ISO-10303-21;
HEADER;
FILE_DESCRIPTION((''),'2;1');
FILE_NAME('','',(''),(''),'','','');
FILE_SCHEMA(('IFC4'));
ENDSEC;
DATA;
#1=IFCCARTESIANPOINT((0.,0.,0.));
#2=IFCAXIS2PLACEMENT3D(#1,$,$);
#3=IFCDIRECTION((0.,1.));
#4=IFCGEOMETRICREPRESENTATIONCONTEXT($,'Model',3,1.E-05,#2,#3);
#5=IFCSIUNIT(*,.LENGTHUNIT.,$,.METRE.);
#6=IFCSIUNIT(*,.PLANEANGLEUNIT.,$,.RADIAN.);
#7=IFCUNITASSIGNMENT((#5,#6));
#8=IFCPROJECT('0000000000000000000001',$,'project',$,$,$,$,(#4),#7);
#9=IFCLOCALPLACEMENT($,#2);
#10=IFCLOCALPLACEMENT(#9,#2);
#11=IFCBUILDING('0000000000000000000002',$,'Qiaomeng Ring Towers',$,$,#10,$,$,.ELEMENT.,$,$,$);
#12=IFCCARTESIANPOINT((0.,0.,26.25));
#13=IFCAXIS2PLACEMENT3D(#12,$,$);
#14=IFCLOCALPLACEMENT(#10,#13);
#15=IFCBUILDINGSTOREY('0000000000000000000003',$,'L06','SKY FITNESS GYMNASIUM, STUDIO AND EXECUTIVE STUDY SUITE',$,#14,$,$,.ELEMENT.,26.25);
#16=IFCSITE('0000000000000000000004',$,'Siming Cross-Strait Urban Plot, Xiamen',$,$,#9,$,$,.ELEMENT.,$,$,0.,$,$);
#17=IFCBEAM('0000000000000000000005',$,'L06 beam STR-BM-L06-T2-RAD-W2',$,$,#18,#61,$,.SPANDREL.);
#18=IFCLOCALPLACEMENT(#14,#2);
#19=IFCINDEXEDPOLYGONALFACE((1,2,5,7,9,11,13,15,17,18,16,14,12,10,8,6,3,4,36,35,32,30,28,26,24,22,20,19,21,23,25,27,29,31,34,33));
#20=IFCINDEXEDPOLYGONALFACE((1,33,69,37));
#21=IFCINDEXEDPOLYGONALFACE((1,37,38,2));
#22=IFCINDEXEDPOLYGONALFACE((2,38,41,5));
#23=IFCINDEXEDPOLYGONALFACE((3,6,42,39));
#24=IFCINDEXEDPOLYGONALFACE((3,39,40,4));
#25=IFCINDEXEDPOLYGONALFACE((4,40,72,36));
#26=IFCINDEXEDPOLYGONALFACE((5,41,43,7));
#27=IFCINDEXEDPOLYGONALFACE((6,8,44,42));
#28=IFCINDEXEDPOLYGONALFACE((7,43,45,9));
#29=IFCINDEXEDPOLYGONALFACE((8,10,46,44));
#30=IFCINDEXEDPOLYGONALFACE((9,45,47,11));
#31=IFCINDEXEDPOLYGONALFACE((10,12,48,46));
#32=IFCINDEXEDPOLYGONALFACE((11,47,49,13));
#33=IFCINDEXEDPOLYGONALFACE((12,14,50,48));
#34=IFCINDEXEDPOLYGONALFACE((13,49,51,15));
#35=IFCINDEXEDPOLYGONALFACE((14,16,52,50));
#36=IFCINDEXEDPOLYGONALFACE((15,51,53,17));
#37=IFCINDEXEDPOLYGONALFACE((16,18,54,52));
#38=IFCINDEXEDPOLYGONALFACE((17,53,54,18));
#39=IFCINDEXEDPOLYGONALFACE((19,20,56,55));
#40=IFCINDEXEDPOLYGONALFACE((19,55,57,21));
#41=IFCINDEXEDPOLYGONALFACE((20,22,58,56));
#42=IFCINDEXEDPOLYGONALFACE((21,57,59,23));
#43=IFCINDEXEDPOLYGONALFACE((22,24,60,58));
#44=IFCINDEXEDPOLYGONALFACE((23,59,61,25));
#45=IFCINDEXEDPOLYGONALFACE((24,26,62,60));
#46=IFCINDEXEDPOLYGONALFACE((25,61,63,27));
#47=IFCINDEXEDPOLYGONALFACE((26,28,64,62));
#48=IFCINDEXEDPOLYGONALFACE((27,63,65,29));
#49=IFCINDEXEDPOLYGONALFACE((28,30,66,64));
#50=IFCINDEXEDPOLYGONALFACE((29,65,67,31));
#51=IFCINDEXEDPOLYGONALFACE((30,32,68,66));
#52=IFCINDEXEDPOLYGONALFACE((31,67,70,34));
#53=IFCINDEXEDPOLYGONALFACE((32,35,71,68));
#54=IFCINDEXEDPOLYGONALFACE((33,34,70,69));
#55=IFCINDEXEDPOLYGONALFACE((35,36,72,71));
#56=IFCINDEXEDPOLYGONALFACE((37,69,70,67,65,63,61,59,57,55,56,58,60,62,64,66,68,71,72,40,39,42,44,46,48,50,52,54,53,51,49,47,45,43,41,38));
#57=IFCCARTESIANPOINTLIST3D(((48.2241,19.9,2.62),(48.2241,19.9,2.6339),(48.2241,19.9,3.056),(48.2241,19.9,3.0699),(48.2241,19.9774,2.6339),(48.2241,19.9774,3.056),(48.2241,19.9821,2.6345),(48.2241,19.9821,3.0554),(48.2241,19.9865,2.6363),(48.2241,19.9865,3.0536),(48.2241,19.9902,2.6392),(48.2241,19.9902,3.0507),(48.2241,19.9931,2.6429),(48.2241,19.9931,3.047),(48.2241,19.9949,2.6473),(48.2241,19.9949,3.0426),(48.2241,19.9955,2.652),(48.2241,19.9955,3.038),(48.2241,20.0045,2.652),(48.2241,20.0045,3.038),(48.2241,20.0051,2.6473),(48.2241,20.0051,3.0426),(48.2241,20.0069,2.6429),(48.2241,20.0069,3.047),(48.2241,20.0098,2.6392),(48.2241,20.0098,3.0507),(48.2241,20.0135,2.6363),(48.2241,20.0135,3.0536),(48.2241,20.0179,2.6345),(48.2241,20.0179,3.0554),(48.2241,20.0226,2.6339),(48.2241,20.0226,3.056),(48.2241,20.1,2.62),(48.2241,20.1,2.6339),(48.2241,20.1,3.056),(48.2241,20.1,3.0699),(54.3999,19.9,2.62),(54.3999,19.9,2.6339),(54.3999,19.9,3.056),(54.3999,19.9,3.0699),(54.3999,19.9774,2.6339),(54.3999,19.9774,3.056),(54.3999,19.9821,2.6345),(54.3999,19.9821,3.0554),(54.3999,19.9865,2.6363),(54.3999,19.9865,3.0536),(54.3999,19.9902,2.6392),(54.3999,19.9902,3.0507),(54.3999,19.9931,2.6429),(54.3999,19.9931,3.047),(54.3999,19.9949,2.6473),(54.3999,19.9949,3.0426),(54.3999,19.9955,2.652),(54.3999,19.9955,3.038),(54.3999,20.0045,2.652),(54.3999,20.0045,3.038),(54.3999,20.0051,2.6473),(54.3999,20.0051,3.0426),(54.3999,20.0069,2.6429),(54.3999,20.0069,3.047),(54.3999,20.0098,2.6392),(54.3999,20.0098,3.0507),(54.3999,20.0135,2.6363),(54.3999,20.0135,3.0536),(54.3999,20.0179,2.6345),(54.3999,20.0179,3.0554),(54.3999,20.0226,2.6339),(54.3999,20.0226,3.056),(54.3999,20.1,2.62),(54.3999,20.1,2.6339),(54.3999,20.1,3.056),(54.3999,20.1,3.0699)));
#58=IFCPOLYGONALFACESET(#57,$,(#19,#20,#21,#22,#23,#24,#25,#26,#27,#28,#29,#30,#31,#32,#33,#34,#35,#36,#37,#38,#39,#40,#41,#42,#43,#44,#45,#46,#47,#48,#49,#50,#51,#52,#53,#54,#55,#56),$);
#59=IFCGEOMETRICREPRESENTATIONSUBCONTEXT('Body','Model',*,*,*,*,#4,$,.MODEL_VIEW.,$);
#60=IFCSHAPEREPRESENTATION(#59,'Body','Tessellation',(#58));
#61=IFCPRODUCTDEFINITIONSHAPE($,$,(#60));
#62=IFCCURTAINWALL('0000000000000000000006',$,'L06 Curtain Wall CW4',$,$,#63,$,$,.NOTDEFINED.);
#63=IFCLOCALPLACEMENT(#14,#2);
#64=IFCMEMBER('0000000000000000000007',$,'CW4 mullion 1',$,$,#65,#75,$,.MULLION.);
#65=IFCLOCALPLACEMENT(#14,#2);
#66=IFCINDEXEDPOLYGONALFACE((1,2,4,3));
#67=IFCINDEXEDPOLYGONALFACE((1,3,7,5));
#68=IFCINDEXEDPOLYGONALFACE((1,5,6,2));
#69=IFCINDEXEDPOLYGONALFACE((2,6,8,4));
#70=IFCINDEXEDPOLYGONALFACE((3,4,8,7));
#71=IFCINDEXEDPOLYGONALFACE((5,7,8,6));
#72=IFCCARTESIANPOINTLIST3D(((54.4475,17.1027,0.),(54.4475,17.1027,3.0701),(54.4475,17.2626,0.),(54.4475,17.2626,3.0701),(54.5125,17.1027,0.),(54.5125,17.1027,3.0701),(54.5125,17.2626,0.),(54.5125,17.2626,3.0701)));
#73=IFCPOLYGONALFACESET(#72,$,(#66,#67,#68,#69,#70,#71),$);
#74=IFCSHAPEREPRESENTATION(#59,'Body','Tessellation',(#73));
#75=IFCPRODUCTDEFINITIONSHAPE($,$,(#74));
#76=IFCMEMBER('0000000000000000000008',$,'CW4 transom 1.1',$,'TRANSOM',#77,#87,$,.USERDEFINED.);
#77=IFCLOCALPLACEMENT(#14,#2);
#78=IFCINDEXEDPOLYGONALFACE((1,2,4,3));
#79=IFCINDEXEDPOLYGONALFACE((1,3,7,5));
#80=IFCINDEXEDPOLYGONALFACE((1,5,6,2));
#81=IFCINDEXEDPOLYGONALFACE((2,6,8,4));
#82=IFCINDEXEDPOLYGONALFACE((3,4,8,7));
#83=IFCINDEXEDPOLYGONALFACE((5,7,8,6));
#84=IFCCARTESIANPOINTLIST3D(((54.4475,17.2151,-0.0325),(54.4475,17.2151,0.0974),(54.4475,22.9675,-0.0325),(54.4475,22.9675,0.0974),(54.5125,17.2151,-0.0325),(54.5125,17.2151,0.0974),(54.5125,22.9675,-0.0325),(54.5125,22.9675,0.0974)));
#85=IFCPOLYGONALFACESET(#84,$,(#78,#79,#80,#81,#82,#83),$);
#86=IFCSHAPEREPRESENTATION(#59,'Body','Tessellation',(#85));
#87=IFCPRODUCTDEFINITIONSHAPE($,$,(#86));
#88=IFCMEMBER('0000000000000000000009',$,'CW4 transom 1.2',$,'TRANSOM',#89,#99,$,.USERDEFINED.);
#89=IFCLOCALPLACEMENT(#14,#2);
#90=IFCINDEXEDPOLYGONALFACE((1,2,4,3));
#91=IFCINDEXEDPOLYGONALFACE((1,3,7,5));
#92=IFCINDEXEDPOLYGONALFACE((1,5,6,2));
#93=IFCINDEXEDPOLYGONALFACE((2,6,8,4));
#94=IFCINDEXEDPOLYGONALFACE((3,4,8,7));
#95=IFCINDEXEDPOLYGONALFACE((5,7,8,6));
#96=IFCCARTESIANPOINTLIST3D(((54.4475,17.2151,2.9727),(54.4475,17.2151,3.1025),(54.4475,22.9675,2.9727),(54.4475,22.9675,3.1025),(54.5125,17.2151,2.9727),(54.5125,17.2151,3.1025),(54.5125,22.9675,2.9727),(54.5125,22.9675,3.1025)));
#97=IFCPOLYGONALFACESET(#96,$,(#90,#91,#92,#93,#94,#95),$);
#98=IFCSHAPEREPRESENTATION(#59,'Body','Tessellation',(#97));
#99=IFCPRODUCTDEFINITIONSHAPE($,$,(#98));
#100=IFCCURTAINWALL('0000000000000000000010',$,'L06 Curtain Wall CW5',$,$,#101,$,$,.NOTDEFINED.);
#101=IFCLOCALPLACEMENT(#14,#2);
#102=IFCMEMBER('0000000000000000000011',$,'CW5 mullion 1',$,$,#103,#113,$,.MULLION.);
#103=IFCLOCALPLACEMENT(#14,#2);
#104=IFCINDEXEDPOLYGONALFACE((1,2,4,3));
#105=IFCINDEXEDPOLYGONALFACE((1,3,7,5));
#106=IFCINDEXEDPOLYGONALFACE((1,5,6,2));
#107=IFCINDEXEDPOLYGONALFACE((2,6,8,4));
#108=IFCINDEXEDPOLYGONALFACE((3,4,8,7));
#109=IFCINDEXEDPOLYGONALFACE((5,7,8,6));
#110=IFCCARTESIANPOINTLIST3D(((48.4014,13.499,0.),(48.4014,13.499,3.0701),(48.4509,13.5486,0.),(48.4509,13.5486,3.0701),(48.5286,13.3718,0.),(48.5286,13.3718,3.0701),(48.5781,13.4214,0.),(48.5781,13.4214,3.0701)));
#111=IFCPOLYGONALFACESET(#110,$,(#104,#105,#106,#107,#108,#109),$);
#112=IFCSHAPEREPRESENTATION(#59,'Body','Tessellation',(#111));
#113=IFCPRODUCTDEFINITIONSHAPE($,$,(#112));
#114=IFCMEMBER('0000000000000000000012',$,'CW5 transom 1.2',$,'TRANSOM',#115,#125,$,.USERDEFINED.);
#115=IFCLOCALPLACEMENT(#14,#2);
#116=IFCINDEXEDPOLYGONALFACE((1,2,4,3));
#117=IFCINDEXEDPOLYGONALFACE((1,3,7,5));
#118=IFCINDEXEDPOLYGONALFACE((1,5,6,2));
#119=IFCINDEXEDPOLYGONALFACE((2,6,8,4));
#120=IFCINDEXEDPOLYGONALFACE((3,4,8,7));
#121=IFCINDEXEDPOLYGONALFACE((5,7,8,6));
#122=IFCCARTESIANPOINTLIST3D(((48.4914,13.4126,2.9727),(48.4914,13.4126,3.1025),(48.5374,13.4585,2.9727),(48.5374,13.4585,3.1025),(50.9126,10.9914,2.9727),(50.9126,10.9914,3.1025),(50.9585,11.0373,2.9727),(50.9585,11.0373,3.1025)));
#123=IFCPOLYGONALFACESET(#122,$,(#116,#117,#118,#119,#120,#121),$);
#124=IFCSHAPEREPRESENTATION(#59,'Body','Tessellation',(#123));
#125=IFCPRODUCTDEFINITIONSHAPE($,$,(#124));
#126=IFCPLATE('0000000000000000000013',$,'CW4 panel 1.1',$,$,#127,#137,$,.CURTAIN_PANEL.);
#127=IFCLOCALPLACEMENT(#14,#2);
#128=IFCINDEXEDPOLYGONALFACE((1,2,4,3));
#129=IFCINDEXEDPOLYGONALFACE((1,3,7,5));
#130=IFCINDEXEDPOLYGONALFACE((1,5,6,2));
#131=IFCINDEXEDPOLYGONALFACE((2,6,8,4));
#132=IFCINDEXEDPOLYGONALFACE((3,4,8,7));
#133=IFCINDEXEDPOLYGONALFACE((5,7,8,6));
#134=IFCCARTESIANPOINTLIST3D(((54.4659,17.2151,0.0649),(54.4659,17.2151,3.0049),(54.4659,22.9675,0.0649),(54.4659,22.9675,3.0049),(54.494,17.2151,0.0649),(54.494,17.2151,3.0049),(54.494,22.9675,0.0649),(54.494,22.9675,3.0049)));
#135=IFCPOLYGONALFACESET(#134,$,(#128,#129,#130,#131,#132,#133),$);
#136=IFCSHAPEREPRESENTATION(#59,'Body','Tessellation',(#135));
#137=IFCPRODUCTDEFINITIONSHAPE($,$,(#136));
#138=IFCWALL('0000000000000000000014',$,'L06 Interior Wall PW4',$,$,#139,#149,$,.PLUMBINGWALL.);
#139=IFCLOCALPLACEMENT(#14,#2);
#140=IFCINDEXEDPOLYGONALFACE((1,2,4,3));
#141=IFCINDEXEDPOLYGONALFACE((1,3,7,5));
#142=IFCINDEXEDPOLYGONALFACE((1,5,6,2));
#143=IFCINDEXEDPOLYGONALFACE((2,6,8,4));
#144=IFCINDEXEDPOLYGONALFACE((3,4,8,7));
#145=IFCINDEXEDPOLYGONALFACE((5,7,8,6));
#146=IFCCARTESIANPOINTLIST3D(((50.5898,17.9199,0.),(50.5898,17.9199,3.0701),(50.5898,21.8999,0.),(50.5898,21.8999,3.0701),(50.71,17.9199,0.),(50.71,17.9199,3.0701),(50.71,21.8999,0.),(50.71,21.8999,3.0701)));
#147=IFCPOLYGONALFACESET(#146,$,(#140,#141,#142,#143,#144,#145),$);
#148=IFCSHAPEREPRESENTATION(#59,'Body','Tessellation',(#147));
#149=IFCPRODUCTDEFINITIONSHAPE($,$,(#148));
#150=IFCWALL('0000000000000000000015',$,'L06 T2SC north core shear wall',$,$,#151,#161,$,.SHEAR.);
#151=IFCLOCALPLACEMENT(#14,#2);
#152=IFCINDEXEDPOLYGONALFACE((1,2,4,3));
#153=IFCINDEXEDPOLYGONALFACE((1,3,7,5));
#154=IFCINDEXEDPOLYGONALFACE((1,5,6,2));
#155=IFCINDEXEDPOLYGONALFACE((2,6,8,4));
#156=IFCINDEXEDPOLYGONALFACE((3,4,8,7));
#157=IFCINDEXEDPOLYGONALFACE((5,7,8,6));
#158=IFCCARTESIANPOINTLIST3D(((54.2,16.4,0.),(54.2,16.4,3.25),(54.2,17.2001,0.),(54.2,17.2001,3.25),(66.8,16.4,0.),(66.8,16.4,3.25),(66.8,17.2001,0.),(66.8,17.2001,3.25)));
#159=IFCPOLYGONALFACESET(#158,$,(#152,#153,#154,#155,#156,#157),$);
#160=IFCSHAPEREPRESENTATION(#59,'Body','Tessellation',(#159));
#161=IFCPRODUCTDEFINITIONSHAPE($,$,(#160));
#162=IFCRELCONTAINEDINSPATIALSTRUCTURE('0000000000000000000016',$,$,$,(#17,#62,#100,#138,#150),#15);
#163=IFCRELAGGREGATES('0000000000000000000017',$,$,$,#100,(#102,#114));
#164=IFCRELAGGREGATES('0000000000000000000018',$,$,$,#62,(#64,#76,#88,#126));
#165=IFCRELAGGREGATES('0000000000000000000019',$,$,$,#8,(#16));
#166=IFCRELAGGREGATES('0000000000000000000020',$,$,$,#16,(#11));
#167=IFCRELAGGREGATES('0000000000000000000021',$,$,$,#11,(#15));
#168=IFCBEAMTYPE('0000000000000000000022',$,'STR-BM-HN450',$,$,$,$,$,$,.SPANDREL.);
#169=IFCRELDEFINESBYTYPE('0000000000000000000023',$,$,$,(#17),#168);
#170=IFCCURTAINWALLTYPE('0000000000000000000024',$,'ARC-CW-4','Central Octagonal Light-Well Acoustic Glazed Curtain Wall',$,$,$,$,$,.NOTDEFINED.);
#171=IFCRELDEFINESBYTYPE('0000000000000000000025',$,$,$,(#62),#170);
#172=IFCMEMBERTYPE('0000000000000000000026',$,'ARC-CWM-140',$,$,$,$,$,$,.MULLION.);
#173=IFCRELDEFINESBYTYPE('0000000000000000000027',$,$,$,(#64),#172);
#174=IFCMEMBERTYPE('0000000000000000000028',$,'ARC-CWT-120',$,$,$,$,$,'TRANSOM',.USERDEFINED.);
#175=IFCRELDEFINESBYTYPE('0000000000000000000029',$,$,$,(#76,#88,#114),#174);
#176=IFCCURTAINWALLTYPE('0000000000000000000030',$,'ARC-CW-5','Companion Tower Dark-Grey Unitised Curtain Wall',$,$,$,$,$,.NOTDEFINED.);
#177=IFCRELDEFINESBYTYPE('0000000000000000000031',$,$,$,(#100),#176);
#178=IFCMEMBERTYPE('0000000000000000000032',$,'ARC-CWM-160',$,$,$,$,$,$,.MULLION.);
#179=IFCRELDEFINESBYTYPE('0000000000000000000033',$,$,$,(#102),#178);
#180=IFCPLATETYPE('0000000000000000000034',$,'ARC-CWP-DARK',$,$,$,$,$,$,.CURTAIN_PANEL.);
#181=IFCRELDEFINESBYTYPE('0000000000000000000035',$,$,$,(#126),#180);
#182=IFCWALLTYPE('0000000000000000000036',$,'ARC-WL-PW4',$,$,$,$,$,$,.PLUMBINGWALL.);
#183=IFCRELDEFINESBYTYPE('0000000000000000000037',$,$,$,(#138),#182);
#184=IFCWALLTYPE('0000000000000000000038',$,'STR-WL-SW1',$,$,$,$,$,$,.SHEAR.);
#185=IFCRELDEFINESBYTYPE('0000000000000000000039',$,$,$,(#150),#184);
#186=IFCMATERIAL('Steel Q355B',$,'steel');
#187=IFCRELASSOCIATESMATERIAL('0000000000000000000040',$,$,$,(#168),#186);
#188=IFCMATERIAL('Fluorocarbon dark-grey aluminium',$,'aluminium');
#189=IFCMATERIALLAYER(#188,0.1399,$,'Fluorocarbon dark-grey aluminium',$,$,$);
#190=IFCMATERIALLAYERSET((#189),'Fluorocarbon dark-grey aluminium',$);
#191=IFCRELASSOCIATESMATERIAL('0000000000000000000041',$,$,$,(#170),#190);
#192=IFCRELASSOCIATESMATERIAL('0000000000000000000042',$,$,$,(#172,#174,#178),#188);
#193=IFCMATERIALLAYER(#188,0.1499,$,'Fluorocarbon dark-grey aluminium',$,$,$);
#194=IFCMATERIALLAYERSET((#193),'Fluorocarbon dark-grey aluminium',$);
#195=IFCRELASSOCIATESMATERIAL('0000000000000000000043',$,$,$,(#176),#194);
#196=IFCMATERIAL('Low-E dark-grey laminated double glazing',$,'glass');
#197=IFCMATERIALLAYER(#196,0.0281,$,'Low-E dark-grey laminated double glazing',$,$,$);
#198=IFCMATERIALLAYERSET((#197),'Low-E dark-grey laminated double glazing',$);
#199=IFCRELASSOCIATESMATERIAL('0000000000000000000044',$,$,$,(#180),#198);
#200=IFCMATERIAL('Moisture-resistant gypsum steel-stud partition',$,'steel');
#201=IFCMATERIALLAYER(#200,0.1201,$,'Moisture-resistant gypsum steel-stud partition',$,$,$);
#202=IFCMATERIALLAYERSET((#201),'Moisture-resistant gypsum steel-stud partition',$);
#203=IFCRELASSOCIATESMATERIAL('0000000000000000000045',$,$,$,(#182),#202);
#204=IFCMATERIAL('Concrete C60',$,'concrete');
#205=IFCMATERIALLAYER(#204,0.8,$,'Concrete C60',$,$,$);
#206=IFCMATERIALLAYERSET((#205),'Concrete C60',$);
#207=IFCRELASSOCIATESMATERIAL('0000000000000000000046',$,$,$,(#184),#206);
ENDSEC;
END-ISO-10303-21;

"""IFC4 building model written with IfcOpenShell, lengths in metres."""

from ifc_helpers import new_model, si_unit, direction, frame, frame_2d, origin, origin_2d, place, context, subcontext, project, spatial, rectangle, i_section, extrude, source, transform, mapped, material, layer, layer_set, material_profile, profile_set, type_object, element, aggregate, save


model = new_model("IFC4")

# Units and contexts
model_context = context("Model", 3, precision=1e-05, world=origin(), true_north=direction((0.0, 1.0)))
body_context = subcontext(model_context, "Body", "Model", "MODEL_VIEW")
ifc_project = project(units=[si_unit("LENGTHUNIT", "METRE"), si_unit("PLANEANGLEUNIT", "RADIAN")], contexts=[model_context])

# Site, building, storey
site_placement = place(None, origin())
site = spatial("IfcSite", under=ifc_project, at=site_placement, Name="Siming Cross-Strait Urban Plot, Xiamen", CompositionType="ELEMENT", RefElevation=0.0)
building_placement = place(site_placement, origin())
building = spatial("IfcBuilding", under=site, at=building_placement, Name="Qiaomeng Ring Towers", CompositionType="ELEMENT")
storey_placement = place(building_placement, frame((0.0, 0.0, 26.25)))
storey = spatial("IfcBuildingStorey", under=building, at=storey_placement, Name="L06", Description="SKY FITNESS GYMNASIUM, STUDIO AND EXECUTIVE STUDY SUITE", CompositionType="ELEMENT", Elevation=26.25)

# Shared definitions
ifc_material_1 = material(Name="Concrete C60", Category="concrete")

# Beam
ifc_material_2 = material(Name="Steel Q355B", Category="steel")
ifc_material_profile_1 = material_profile(ifc_material_2, i_section(OverallWidth=0.2, OverallDepth=0.45, WebThickness=0.009, FlangeThickness=0.0139, FilletRadius=0.0181, at=origin_2d()), Name="HN 450x200x9x14")
ifc_profile_set_1 = profile_set([ifc_material_profile_1], Name="Steel Q355B")
beam_type_1 = type_object("IfcBeamType", Name="STR-BM-HN450", PredefinedType="SPANDREL", material=ifc_profile_set_1)
shared_shape_1 = source(origin(), body_context, "Body", "SweptSolid", [
    extrude(i_section(OverallWidth=0.2, OverallDepth=0.45, WebThickness=0.009, FlangeThickness=0.0139, FilletRadius=0.0181, at=origin_2d()), origin(), (0.0, 0.0, 1.0), 6.1758),
])
beam_1_placement = place(storey_placement, frame((48.2241, 20.0, 2.845), z_axis=(1.0, 0.0, 0.0), x_axis=(0.0, 1.0, 0.0)))
element("IfcBeam", 1, at=beam_1_placement, inside=storey, type_object=beam_type_1, Name="L06 beam STR-BM-L06-T2-RAD-W2", PredefinedType="SPANDREL", context=body_context, shape_type="MappedRepresentation", body=[
    mapped(shared_shape_1, transform((0.0, 0.0, 0.0), x_axis=(1.0, 0.0, 0.0), y_axis=(0.0, 1.0, 0.0), z_axis=(0.0, 0.0, 1.0), scale=1.0)),
])

# Curtain walls, members
ifc_material_3 = material(Name="Fluorocarbon dark-grey aluminium", Category="aluminium")
ifc_layer_1 = layer(ifc_material_3, 0.1399, Name="Fluorocarbon dark-grey aluminium")
ifc_layer_set_1 = layer_set([ifc_layer_1], Name="Fluorocarbon dark-grey aluminium")
curtain_wall_type_1 = type_object("IfcCurtainWallType", Name="ARC-CW-4", Description="Central Octagonal Light-Well Acoustic Glazed Curtain Wall", PredefinedType="NOTDEFINED", material=ifc_layer_set_1)
curtain_wall_1_placement = place(storey_placement, origin())
curtain_wall_1 = element("IfcCurtainWall", 2, at=curtain_wall_1_placement, inside=storey, type_object=curtain_wall_type_1, Name="L06 Curtain Wall CW4", PredefinedType="NOTDEFINED")
ifc_material_profile_2 = material_profile(ifc_material_3, rectangle(XDim=0.0649, YDim=0.1599, at=origin_2d()), Name="ALU MULL 65x160")
ifc_profile_set_2 = profile_set([ifc_material_profile_2], Name="Fluorocarbon dark-grey aluminium")
member_type_1 = type_object("IfcMemberType", Name="ARC-CWM-140", PredefinedType="MULLION", material=ifc_profile_set_2)
shared_shape_2 = source(origin(), body_context, "Body", "SweptSolid", [
    extrude(rectangle(XDim=0.0649, YDim=0.1599, at=origin_2d()), origin(), (0.0, 0.0, 1.0), 3.0701),
])
member_1_placement = place(storey_placement, frame((54.48, 17.1826, 0.0), z_axis=(0.0, 0.0, 1.0), x_axis=(-1.0, 0.0, 0.0)))
member_1 = element("IfcMember", 3, at=member_1_placement, type_object=member_type_1, Name="CW4 mullion 1", PredefinedType="MULLION", context=body_context, shape_type="MappedRepresentation", body=[
    mapped(shared_shape_2, transform((0.0, 0.0, 0.0), x_axis=(1.0, 0.0, 0.0), y_axis=(0.0, 1.0, 0.0), z_axis=(0.0, 0.0, 1.0), scale=1.0)),
])
ifc_material_profile_3 = material_profile(ifc_material_3, rectangle(XDim=0.0649, YDim=0.1299, at=origin_2d()), Name="ALU TRAN 65x130")
ifc_profile_set_3 = profile_set([ifc_material_profile_3], Name="Fluorocarbon dark-grey aluminium")
member_type_2 = type_object("IfcMemberType", Name="ARC-CWT-120", ElementType="TRANSOM", PredefinedType="USERDEFINED", material=ifc_profile_set_3)
shared_shape_3 = source(origin(), body_context, "Body", "SweptSolid", [
    extrude(rectangle(XDim=0.0649, YDim=0.1299, at=origin_2d()), origin(), (0.0, 0.0, 1.0), 5.7524),
])
member_2_placement = place(storey_placement, frame((54.48, 17.2151, 0.0325), z_axis=(0.0, 1.0, 0.0), x_axis=(-1.0, 0.0, 0.0)))
member_2 = element("IfcMember", 4, at=member_2_placement, type_object=member_type_2, Name="CW4 transom 1.1", ObjectType="TRANSOM", PredefinedType="USERDEFINED", context=body_context, shape_type="MappedRepresentation", body=[
    mapped(shared_shape_3, transform((0.0, 0.0, 0.0), x_axis=(1.0, 0.0, 0.0), y_axis=(0.0, 1.0, 0.0), z_axis=(0.0, 0.0, 1.0), scale=1.0)),
])
member_3_placement = place(storey_placement, frame((54.48, 17.2151, 3.0376), z_axis=(0.0, 1.0, 0.0), x_axis=(-1.0, 0.0, 0.0)))
member_3 = element("IfcMember", 5, at=member_3_placement, type_object=member_type_2, Name="CW4 transom 1.2", ObjectType="TRANSOM", PredefinedType="USERDEFINED", context=body_context, shape_type="MappedRepresentation", body=[
    mapped(shared_shape_3, transform((0.0, 0.0, 0.0), x_axis=(1.0, 0.0, 0.0), y_axis=(0.0, 1.0, 0.0), z_axis=(0.0, 0.0, 1.0), scale=1.0)),
])
ifc_layer_2 = layer(ifc_material_3, 0.1499, Name="Fluorocarbon dark-grey aluminium")
ifc_layer_set_2 = layer_set([ifc_layer_2], Name="Fluorocarbon dark-grey aluminium")
curtain_wall_type_2 = type_object("IfcCurtainWallType", Name="ARC-CW-5", Description="Companion Tower Dark-Grey Unitised Curtain Wall", PredefinedType="NOTDEFINED", material=ifc_layer_set_2)
curtain_wall_2_placement = place(storey_placement, origin())
curtain_wall_2 = element("IfcCurtainWall", 6, at=curtain_wall_2_placement, inside=storey, type_object=curtain_wall_type_2, Name="L06 Curtain Wall CW5", PredefinedType="NOTDEFINED")
ifc_material_profile_4 = material_profile(ifc_material_3, rectangle(XDim=0.0701, YDim=0.1799, at=origin_2d()), Name="ALU MULL 70x180")
ifc_profile_set_4 = profile_set([ifc_material_profile_4], Name="Fluorocarbon dark-grey aluminium")
member_type_3 = type_object("IfcMemberType", Name="ARC-CWM-160", PredefinedType="MULLION", material=ifc_profile_set_4)
shared_shape_4 = source(origin(), body_context, "Body", "SweptSolid", [
    extrude(rectangle(XDim=0.0701, YDim=0.1799, at=origin_2d()), origin(), (0.0, 0.0, 1.0), 3.0701),
])
member_4_placement = place(storey_placement, frame((48.4897, 13.4602, 0.0), z_axis=(0.0, 0.0, 1.0), x_axis=(0.707107, 0.707107, 0.0)))
member_4 = element("IfcMember", 7, at=member_4_placement, type_object=member_type_3, Name="CW5 mullion 1", PredefinedType="MULLION", context=body_context, shape_type="MappedRepresentation", body=[
    mapped(shared_shape_4, transform((0.0, 0.0, 0.0), x_axis=(1.0, 0.0, 0.0), y_axis=(0.0, 1.0, 0.0), z_axis=(0.0, 0.0, 1.0), scale=1.0)),
])
shared_shape_5 = source(origin(), body_context, "Body", "SweptSolid", [
    extrude(rectangle(XDim=0.0649, YDim=0.1299, at=origin_2d()), origin(), (0.0, 0.0, 1.0), 3.4241),
])
member_5_placement = place(storey_placement, frame((48.5144, 13.4355, 3.0376), z_axis=(0.707107, -0.707107, 0.0), x_axis=(0.707107, 0.707107, 0.0)))
member_5 = element("IfcMember", 8, at=member_5_placement, type_object=member_type_2, Name="CW5 transom 1.2", ObjectType="TRANSOM", PredefinedType="USERDEFINED", context=body_context, shape_type="MappedRepresentation", body=[
    mapped(shared_shape_5, transform((0.0, 0.0, 0.0), x_axis=(1.0, 0.0, 0.0), y_axis=(0.0, 1.0, 0.0), z_axis=(0.0, 0.0, 1.0), scale=1.0)),
])
aggregate(curtain_wall_2, [member_4, member_5])

# Plate
ifc_material_4 = material(Name="Low-E dark-grey laminated double glazing", Category="glass")
ifc_layer_3 = layer(ifc_material_4, 0.0281, Name="Low-E dark-grey laminated double glazing")
ifc_layer_set_3 = layer_set([ifc_layer_3], Name="Low-E dark-grey laminated double glazing")
plate_type = type_object("IfcPlateType", Name="ARC-CWP-DARK", PredefinedType="CURTAIN_PANEL", material=ifc_layer_set_3)
shared_shape_6 = source(origin(), body_context, "Body", "SweptSolid", [
    extrude(rectangle(XDim=5.7524, YDim=0.0281, at=origin_2d()), origin(), (0.0, 0.0, 1.0), 2.9399),
])
plate_placement = place(storey_placement, frame((54.48, 20.0913, 0.0649), z_axis=(0.0, 0.0, 1.0), x_axis=(0.0, 1.0, 0.0)))
plate = element("IfcPlate", 9, at=plate_placement, type_object=plate_type, Name="CW4 panel 1.1", PredefinedType="CURTAIN_PANEL", context=body_context, shape_type="MappedRepresentation", body=[
    mapped(shared_shape_6, transform((0.0, 0.0, 0.0), x_axis=(1.0, 0.0, 0.0), y_axis=(0.0, 1.0, 0.0), z_axis=(0.0, 0.0, 1.0), scale=1.0)),
])
aggregate(curtain_wall_1, [member_1, member_2, member_3, plate])

# Walls
ifc_material_5 = material(Name="Moisture-resistant gypsum steel-stud partition", Category="steel")
ifc_layer_4 = layer(ifc_material_5, 0.1201, Name="Moisture-resistant gypsum steel-stud partition")
ifc_layer_set_4 = layer_set([ifc_layer_4], Name="Moisture-resistant gypsum steel-stud partition")
wall_type_1 = type_object("IfcWallType", Name="ARC-WL-PW4", PredefinedType="PLUMBINGWALL", material=ifc_layer_set_4)
wall_1_placement = place(storey_placement, frame((50.6499, 17.9199, 0.0), z_axis=(0.0, 0.0, 1.0), x_axis=(0.0, 1.0, 0.0)))
element("IfcWall", 10, at=wall_1_placement, inside=storey, type_object=wall_type_1, Name="L06 Interior Wall PW4", PredefinedType="PLUMBINGWALL", context=body_context, shape_type="SweptSolid", body=[
    extrude(rectangle(XDim=3.98, YDim=0.1201, at=frame_2d((1.99, 0.0))), origin(), (0.0, 0.0, 1.0), 3.0701),
])
ifc_layer_5 = layer(ifc_material_1, 0.8, Name="Concrete C60")
ifc_layer_set_5 = layer_set([ifc_layer_5], Name="Concrete C60")
wall_type_2 = type_object("IfcWallType", Name="STR-WL-SW1", PredefinedType="SHEAR", material=ifc_layer_set_5)
wall_2_placement = place(storey_placement, frame((54.2, 16.8, 0.0), z_axis=(0.0, 0.0, 1.0), x_axis=(1.0, 0.0, 0.0)))
element("IfcWall", 11, at=wall_2_placement, inside=storey, type_object=wall_type_2, Name="L06 T2SC north core shear wall", PredefinedType="SHEAR", context=body_context, shape_type="SweptSolid", body=[
    extrude(rectangle(XDim=12.6001, YDim=0.8, at=frame_2d((6.3, 0.0))), origin(), (0.0, 0.0, 1.0), 3.25),
])

save(model, "model.ifc")
